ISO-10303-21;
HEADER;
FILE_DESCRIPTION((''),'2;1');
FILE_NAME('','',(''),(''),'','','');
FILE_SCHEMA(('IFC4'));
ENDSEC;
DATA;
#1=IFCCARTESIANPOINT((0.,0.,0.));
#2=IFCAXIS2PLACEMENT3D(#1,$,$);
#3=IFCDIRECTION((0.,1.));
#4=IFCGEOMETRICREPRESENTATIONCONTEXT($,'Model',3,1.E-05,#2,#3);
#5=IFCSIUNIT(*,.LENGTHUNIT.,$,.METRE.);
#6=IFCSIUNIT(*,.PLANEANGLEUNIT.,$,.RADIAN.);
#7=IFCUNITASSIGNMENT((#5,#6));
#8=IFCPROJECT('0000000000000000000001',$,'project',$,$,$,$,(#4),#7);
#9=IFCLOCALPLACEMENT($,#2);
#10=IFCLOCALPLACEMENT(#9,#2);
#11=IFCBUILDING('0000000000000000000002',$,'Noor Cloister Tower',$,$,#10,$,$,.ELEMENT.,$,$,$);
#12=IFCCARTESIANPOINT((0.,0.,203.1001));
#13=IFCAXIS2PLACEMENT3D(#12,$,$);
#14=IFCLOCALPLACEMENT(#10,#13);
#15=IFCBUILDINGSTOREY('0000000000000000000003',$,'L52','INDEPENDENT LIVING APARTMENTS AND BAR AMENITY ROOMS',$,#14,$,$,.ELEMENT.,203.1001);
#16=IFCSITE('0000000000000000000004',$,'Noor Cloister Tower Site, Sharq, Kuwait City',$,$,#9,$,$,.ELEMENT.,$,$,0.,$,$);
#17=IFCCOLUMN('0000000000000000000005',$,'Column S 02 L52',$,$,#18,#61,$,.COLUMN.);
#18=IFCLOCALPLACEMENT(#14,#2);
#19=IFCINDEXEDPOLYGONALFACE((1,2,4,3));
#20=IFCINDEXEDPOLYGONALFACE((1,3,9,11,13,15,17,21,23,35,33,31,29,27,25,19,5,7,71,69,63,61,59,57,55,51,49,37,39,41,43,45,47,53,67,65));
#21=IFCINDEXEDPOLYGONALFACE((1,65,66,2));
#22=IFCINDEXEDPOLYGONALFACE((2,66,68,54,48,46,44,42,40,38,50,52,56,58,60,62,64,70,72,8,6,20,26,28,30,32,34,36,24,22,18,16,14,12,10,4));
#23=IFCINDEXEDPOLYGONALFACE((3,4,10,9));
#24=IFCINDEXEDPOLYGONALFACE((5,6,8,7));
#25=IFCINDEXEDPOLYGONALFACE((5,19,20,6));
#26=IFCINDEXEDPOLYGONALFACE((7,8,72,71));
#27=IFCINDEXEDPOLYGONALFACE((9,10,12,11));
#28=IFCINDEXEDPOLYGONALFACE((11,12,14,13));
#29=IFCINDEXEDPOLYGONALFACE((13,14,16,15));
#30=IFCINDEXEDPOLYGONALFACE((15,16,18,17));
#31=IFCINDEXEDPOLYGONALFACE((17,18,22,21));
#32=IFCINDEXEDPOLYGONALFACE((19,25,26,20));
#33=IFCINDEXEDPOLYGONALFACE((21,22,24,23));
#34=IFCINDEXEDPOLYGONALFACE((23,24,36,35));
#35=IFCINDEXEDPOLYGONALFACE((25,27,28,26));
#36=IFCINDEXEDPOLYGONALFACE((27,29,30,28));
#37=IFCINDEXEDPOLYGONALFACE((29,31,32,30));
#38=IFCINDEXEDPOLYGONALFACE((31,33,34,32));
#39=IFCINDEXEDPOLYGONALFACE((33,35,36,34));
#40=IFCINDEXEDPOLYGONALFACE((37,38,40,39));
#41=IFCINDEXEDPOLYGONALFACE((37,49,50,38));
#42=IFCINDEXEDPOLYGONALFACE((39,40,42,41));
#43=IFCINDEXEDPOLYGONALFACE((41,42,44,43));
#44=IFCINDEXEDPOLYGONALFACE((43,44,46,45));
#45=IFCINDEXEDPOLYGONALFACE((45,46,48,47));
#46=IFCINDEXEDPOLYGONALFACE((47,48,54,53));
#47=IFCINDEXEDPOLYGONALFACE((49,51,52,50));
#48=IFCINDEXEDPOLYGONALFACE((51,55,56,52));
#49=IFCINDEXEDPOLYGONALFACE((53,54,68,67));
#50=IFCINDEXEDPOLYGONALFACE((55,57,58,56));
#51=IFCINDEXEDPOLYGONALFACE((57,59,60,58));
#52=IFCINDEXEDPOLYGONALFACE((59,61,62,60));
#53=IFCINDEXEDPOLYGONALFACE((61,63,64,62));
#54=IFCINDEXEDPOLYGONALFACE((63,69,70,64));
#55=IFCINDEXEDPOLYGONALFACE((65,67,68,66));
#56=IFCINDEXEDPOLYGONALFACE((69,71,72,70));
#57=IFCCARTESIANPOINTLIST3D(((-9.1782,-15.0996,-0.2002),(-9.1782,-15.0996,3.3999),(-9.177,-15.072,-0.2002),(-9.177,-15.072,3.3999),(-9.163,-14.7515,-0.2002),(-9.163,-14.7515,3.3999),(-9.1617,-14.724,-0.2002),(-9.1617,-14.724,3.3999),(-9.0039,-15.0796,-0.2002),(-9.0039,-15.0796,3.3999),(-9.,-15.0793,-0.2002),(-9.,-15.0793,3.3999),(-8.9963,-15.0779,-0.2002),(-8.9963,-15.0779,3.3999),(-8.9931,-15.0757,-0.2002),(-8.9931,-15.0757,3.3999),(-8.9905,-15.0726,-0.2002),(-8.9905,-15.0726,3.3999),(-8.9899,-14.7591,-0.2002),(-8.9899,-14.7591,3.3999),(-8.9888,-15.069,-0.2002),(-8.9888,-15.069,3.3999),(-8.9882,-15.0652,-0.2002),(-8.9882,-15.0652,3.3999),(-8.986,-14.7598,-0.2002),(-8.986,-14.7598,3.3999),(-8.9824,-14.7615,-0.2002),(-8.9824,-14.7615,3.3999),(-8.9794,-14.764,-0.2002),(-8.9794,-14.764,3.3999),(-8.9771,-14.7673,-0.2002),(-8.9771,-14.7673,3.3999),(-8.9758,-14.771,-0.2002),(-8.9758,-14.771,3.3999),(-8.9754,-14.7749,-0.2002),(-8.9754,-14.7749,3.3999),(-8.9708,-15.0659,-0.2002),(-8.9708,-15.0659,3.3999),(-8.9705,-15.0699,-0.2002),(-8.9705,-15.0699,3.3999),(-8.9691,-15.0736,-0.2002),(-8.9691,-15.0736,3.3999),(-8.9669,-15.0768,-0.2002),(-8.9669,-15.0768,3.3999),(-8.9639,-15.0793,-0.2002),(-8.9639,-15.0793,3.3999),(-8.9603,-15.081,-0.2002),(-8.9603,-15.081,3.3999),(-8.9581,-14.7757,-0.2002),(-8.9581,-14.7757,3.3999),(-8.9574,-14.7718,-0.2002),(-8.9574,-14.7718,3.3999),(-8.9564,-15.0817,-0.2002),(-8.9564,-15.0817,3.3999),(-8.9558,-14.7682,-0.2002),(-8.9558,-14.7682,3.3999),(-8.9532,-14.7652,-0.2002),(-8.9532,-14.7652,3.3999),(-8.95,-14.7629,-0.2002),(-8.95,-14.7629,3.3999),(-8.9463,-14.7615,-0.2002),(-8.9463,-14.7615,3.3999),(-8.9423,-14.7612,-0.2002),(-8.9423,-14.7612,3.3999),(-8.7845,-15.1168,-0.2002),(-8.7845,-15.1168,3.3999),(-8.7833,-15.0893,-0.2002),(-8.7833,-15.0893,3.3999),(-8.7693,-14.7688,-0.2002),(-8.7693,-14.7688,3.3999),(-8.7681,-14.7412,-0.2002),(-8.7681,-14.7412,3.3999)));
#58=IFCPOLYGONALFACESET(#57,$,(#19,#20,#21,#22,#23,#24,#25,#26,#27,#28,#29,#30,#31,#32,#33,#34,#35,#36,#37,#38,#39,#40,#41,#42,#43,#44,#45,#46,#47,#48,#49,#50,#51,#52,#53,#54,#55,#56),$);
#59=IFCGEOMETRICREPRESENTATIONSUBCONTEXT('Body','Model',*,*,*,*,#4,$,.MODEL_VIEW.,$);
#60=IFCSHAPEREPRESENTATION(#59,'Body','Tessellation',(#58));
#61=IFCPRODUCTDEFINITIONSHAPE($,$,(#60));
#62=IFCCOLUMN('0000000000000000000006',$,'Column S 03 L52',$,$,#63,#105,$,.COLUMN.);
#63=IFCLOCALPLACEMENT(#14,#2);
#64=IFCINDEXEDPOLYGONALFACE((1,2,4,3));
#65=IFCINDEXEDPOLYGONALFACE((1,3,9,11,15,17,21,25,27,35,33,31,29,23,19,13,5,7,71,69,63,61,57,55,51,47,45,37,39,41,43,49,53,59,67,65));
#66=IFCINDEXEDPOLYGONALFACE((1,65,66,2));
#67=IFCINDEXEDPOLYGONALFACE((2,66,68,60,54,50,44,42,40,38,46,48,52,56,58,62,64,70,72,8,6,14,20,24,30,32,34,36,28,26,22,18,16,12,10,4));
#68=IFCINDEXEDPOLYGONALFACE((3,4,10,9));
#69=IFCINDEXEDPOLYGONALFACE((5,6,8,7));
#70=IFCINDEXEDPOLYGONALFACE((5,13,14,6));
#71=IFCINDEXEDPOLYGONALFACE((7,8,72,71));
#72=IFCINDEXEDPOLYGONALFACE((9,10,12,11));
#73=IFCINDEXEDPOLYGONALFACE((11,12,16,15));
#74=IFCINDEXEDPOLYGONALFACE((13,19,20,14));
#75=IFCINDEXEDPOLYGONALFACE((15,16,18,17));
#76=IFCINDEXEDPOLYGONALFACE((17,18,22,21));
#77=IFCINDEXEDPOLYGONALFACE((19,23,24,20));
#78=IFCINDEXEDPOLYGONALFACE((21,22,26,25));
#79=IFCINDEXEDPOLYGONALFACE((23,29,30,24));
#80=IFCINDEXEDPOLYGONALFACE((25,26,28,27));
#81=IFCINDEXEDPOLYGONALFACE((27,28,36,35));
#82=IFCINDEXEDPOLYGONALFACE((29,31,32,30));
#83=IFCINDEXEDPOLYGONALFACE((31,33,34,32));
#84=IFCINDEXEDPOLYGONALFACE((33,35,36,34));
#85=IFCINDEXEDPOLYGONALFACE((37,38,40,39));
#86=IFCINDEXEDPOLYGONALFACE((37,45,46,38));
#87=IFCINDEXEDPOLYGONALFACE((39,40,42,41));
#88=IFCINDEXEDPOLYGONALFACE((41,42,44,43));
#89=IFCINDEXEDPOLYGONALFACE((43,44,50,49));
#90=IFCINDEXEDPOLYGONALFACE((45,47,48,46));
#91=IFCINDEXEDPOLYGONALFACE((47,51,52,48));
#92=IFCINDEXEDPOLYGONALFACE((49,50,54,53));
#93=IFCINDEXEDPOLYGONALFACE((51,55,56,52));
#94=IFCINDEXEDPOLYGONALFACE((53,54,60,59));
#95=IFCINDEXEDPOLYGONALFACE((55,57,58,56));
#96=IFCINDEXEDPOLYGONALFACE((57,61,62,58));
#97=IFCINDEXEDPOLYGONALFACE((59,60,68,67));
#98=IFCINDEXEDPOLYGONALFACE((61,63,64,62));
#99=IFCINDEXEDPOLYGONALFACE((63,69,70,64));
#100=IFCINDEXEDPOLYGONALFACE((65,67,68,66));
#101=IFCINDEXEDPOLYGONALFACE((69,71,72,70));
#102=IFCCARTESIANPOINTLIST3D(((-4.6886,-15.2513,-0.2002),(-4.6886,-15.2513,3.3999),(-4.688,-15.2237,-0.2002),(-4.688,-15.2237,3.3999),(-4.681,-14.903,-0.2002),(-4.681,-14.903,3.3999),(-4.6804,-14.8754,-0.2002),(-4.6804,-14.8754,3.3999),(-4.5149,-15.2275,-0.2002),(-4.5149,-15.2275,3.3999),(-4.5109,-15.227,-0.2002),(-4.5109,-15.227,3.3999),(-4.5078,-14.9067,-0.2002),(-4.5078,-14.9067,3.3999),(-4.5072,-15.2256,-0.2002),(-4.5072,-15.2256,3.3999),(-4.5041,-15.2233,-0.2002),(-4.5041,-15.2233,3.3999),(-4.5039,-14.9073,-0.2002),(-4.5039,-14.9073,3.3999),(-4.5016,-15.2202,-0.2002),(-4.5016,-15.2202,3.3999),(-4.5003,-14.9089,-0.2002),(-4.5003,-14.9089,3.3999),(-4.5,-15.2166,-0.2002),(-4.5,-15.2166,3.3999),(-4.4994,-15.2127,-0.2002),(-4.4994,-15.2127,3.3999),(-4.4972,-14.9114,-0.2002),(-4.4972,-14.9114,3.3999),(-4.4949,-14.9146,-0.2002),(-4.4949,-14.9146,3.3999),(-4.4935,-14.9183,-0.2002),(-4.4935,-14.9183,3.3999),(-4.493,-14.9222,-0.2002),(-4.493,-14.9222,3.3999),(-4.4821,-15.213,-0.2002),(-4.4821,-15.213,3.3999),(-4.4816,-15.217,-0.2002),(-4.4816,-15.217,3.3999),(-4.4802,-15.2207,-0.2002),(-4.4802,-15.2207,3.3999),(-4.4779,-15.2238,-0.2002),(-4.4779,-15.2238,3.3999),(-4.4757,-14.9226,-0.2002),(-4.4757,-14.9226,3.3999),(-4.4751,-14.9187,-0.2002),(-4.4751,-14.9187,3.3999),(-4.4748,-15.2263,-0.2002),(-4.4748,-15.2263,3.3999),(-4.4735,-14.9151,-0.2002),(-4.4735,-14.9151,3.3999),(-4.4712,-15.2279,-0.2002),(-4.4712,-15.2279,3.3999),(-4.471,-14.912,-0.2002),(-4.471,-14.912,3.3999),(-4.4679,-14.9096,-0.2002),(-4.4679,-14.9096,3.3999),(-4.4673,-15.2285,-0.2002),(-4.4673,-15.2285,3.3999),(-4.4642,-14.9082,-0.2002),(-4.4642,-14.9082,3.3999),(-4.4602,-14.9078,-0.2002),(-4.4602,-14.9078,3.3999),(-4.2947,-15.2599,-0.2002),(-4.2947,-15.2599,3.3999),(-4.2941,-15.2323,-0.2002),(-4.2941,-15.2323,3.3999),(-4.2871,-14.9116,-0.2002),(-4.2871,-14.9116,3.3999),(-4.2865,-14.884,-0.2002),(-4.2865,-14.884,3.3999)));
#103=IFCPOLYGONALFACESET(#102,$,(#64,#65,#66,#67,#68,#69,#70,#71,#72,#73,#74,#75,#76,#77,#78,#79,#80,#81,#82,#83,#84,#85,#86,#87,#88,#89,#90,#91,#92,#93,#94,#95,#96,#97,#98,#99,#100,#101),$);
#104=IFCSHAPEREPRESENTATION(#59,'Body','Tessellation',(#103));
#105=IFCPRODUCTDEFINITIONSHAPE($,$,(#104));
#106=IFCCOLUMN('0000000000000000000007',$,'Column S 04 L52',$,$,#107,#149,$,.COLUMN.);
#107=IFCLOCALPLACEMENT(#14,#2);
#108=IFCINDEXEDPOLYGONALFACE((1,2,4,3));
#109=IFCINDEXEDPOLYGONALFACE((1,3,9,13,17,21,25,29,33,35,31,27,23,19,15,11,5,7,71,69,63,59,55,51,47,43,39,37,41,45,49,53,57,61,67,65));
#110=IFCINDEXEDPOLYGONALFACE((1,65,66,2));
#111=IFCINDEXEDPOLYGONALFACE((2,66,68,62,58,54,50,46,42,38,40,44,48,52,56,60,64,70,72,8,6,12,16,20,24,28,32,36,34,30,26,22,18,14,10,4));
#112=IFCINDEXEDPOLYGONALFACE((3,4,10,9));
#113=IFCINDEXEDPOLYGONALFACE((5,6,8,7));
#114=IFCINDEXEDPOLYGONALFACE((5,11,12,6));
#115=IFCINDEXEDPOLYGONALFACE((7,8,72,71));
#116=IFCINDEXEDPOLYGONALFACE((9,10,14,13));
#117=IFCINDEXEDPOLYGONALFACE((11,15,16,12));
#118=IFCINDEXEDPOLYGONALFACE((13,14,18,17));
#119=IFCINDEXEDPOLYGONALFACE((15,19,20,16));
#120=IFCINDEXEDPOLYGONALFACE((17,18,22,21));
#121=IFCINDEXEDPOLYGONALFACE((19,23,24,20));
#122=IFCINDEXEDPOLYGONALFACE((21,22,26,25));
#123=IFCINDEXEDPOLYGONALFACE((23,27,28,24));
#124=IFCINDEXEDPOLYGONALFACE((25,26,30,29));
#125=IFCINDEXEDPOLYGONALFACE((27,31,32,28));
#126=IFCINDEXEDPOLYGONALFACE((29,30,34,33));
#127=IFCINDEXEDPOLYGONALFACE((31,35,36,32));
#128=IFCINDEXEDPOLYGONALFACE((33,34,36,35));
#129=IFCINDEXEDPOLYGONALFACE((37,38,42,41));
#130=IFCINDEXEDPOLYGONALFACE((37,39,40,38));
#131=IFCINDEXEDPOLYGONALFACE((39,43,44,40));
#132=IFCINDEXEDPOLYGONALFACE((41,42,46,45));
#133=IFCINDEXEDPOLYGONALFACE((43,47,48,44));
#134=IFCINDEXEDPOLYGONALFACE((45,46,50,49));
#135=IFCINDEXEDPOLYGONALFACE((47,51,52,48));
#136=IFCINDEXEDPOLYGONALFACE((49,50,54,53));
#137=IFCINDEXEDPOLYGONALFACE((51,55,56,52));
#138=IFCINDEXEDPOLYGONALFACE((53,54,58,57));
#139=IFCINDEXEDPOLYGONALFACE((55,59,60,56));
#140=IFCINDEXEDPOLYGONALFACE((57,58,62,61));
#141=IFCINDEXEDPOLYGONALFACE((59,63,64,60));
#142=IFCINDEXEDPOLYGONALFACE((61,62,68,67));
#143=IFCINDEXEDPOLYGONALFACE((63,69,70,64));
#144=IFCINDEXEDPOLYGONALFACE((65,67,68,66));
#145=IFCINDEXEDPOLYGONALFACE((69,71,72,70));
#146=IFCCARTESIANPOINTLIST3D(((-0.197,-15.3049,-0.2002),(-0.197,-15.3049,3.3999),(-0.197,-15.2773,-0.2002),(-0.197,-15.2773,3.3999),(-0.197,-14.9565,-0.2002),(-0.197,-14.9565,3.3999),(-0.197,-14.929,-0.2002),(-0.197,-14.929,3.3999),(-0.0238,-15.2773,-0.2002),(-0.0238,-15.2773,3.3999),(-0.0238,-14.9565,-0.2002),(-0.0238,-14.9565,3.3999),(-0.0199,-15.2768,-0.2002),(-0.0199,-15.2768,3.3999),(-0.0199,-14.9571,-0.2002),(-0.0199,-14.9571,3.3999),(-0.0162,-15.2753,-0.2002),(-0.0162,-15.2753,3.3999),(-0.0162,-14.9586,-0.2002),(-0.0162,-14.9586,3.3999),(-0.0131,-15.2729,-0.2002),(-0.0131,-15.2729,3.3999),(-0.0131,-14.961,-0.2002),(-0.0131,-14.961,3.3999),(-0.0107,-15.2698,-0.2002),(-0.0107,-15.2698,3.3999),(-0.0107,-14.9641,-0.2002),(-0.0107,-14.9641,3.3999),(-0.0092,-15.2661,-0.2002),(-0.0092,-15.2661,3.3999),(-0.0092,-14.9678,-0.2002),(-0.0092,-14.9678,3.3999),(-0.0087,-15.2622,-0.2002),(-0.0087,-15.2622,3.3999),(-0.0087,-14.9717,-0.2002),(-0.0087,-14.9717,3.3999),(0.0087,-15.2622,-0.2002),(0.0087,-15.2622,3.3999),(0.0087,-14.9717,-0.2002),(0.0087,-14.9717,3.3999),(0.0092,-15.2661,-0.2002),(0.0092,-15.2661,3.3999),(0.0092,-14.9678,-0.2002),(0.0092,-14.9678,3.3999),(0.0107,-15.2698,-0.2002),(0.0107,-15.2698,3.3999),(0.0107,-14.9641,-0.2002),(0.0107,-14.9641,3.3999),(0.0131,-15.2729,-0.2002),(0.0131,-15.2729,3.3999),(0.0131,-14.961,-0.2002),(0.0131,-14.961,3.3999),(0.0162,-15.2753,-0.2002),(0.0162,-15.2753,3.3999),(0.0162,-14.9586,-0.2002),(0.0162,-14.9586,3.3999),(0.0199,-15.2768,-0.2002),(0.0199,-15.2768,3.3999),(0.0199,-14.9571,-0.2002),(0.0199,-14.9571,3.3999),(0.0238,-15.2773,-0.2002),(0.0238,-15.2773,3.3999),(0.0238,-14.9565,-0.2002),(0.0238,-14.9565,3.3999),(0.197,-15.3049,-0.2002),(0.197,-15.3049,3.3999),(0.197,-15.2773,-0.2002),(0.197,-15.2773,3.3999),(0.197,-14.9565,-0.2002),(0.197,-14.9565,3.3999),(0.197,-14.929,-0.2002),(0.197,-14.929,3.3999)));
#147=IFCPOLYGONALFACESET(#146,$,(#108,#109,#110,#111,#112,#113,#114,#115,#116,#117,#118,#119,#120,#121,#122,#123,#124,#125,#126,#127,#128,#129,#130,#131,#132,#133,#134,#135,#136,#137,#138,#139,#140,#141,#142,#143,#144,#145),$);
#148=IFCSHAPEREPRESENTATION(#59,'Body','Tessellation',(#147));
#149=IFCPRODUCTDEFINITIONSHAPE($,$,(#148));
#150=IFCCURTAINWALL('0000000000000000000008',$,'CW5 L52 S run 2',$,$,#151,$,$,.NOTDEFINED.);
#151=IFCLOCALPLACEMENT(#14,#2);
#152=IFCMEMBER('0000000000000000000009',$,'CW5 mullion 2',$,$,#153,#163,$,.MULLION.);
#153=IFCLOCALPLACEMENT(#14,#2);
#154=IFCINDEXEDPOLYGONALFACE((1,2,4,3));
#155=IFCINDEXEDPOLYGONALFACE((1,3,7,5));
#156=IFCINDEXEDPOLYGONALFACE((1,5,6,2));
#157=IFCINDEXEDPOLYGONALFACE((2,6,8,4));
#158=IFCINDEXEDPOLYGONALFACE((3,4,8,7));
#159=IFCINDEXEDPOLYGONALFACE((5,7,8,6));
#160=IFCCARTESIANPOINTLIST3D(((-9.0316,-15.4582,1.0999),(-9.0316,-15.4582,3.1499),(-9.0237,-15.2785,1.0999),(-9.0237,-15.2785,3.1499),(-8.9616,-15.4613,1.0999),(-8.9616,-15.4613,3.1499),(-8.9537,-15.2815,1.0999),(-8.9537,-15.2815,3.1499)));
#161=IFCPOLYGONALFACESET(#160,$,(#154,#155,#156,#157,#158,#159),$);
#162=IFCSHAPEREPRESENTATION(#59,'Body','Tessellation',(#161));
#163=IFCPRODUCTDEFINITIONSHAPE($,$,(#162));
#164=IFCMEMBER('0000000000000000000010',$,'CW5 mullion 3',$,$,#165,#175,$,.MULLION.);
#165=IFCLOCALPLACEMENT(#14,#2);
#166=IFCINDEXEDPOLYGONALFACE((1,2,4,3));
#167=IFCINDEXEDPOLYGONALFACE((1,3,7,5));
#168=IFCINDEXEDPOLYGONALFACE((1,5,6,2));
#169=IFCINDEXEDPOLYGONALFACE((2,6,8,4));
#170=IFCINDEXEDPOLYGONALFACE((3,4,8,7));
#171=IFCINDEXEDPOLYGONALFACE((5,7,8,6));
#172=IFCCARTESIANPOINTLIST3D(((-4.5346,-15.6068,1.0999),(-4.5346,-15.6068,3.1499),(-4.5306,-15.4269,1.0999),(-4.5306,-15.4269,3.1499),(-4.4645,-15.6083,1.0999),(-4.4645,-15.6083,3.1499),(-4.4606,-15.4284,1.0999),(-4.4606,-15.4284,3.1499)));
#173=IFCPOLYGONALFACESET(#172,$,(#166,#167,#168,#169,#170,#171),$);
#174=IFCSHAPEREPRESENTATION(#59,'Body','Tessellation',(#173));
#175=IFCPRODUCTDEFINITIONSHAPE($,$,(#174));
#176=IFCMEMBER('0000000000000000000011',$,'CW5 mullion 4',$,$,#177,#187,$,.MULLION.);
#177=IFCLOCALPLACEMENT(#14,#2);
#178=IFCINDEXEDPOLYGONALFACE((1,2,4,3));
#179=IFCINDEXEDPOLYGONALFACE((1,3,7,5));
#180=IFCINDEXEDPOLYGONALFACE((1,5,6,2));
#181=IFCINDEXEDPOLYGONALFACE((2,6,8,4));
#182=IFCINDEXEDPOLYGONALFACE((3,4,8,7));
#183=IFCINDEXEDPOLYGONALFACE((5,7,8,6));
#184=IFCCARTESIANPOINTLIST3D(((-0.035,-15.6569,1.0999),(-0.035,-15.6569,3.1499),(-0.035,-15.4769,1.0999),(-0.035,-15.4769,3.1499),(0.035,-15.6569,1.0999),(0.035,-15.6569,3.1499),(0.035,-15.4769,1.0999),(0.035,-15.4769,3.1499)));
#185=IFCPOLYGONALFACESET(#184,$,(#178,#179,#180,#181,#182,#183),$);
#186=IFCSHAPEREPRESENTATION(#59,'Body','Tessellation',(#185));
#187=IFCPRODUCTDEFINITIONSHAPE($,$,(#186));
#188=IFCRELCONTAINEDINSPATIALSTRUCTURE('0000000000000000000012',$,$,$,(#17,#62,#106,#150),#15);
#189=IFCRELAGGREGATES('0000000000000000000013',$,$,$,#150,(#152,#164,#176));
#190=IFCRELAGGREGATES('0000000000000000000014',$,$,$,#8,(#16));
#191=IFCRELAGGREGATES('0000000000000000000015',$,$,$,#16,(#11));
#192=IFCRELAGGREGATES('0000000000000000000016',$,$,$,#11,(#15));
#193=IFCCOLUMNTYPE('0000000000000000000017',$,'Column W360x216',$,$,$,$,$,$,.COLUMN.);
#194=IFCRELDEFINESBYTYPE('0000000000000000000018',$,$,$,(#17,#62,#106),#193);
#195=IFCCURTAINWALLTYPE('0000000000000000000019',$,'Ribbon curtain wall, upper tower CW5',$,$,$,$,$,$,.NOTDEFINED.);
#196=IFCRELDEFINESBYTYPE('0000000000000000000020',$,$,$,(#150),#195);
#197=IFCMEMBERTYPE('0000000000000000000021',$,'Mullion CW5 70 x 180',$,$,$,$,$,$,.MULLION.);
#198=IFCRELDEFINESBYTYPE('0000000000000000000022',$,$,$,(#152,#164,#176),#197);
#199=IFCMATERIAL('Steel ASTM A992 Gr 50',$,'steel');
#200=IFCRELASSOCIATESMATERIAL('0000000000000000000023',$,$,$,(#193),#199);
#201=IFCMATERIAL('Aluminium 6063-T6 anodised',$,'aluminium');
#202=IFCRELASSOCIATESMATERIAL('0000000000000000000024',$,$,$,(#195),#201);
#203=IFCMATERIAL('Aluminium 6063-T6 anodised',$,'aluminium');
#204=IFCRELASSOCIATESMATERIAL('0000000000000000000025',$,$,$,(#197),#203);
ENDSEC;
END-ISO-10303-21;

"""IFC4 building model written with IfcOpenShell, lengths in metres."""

from ifc_helpers import new_model, si_unit, direction, frame, origin, origin_2d, place, context, subcontext, project, spatial, rectangle, i_section, extrude, material, material_profile, profile_set, type_object, element, aggregate, save


model = new_model("IFC4")

# Units and contexts
model_context = context("Model", 3, precision=1e-05, world=origin(), true_north=direction((0.0, 1.0)))
body_context = subcontext(model_context, "Body", "Model", "MODEL_VIEW")
ifc_project = project(units=[si_unit("LENGTHUNIT", "METRE"), si_unit("PLANEANGLEUNIT", "RADIAN")], contexts=[model_context])

# Site, building, storey
site_placement = place(None, origin())
site = spatial("IfcSite", under=ifc_project, at=site_placement, Name="Noor Cloister Tower Site, Sharq, Kuwait City", CompositionType="ELEMENT", RefElevation=0.0)
building_placement = place(site_placement, origin())
building = spatial("IfcBuilding", under=site, at=building_placement, Name="Noor Cloister Tower", CompositionType="ELEMENT")
storey_placement = place(building_placement, frame((0.0, 0.0, 203.1001)))
storey = spatial("IfcBuildingStorey", under=building, at=storey_placement, Name="L52", Description="INDEPENDENT LIVING APARTMENTS AND BAR AMENITY ROOMS", CompositionType="ELEMENT", Elevation=203.1001)

# Columns
ifc_material_1 = material(Name="Steel ASTM A992 Gr 50", Category="steel")
ifc_material_profile_1 = material_profile(ifc_material_1, i_section(OverallWidth=0.394, OverallDepth=0.376, WebThickness=0.0173, FlangeThickness=0.0276, FilletRadius=0.0151, at=origin_2d()), Name="W360x216")
ifc_profile_set_1 = profile_set([ifc_material_profile_1], Name="Steel ASTM A992 Gr 50")
column_type = type_object("IfcColumnType", Name="Column W360x216", PredefinedType="COLUMN", material=ifc_profile_set_1)
for number, where, z_axis, x_axis, name in (
    (1, (-8.9731, -14.9204, -0.2002), (0.0, 0.0, 1.0), (0.999042, -0.043769, 0.0), "Column S 02 L52"),
    (2, (-4.4875, -15.0676, -0.2002), (0.0, 0.0, 1.0), (0.99976, -0.02189, 0.0), "Column S 03 L52"),
    (3, (0.0, -15.1169, -0.2002), (0.0, 0.0, 1.0), (1.0, 0.0, 0.0), "Column S 04 L52"),
):
    element("IfcColumn", number, at=place(storey_placement, frame(where, z_axis=z_axis, x_axis=x_axis)), inside=storey, type_object=column_type, Name=name, PredefinedType="COLUMN", context=body_context, shape_type="SweptSolid", body=[
        extrude(i_section(OverallWidth=0.394, OverallDepth=0.376, WebThickness=0.0173, FlangeThickness=0.0276, FilletRadius=0.0151, at=origin_2d()), origin(), (0.0, 0.0, 1.0), 3.6001),
    ])

# Curtain wall, members
ifc_material_2 = material(Name="Aluminium 6063-T6 anodised", Category="aluminium")
curtain_wall_type = type_object("IfcCurtainWallType", Name="Ribbon curtain wall, upper tower CW5", PredefinedType="NOTDEFINED", material=ifc_material_2)
curtain_wall_placement = place(storey_placement, origin())
curtain_wall = element("IfcCurtainWall", 4, at=curtain_wall_placement, inside=storey, type_object=curtain_wall_type, Name="CW5 L52 S run 2", PredefinedType="NOTDEFINED")
ifc_material_3 = material(Name="Aluminium 6063-T6 anodised", Category="aluminium")
ifc_material_profile_2 = material_profile(ifc_material_3, rectangle(XDim=0.1799, YDim=0.0701, at=origin_2d()), Name="180 x 70 mullion")
ifc_profile_set_2 = profile_set([ifc_material_profile_2], Name="Aluminium 6063-T6 anodised")
member_type = type_object("IfcMemberType", Name="Mullion CW5 70 x 180", PredefinedType="MULLION", material=ifc_profile_set_2)
member_1_placement = place(storey_placement, frame((-8.9927, -15.3699, 1.0999), z_axis=(0.0, 0.0, 1.0), x_axis=(0.043769, 0.999042, 0.0)))
member_1 = element("IfcMember", 5, at=member_1_placement, type_object=member_type, Name="CW5 mullion 2", PredefinedType="MULLION", context=body_context, shape_type="SweptSolid", body=[
    extrude(rectangle(XDim=0.1799, YDim=0.0701, at=origin_2d()), origin(), (0.0, 0.0, 1.0), 2.05),
])
member_2_placement = place(storey_placement, frame((-4.4976, -15.5176, 1.0999), z_axis=(0.0, 0.0, 1.0), x_axis=(0.02189, 0.99976, 0.0)))
member_2 = element("IfcMember", 6, at=member_2_placement, type_object=member_type, Name="CW5 mullion 3", PredefinedType="MULLION", context=body_context, shape_type="SweptSolid", body=[
    extrude(rectangle(XDim=0.1799, YDim=0.0701, at=origin_2d()), origin(), (0.0, 0.0, 1.0), 2.05),
])
member_3_placement = place(storey_placement, frame((0.0, -15.5669, 1.0999), z_axis=(0.0, 0.0, 1.0), x_axis=(0.0, 1.0, 0.0)))
member_3 = element("IfcMember", 7, at=member_3_placement, type_object=member_type, Name="CW5 mullion 4", PredefinedType="MULLION", context=body_context, shape_type="SweptSolid", body=[
    extrude(rectangle(XDim=0.1799, YDim=0.0701, at=origin_2d()), origin(), (0.0, 0.0, 1.0), 2.05),
])

aggregate(curtain_wall, [member_1, member_2, member_3])

save(model, "model.ifc")
